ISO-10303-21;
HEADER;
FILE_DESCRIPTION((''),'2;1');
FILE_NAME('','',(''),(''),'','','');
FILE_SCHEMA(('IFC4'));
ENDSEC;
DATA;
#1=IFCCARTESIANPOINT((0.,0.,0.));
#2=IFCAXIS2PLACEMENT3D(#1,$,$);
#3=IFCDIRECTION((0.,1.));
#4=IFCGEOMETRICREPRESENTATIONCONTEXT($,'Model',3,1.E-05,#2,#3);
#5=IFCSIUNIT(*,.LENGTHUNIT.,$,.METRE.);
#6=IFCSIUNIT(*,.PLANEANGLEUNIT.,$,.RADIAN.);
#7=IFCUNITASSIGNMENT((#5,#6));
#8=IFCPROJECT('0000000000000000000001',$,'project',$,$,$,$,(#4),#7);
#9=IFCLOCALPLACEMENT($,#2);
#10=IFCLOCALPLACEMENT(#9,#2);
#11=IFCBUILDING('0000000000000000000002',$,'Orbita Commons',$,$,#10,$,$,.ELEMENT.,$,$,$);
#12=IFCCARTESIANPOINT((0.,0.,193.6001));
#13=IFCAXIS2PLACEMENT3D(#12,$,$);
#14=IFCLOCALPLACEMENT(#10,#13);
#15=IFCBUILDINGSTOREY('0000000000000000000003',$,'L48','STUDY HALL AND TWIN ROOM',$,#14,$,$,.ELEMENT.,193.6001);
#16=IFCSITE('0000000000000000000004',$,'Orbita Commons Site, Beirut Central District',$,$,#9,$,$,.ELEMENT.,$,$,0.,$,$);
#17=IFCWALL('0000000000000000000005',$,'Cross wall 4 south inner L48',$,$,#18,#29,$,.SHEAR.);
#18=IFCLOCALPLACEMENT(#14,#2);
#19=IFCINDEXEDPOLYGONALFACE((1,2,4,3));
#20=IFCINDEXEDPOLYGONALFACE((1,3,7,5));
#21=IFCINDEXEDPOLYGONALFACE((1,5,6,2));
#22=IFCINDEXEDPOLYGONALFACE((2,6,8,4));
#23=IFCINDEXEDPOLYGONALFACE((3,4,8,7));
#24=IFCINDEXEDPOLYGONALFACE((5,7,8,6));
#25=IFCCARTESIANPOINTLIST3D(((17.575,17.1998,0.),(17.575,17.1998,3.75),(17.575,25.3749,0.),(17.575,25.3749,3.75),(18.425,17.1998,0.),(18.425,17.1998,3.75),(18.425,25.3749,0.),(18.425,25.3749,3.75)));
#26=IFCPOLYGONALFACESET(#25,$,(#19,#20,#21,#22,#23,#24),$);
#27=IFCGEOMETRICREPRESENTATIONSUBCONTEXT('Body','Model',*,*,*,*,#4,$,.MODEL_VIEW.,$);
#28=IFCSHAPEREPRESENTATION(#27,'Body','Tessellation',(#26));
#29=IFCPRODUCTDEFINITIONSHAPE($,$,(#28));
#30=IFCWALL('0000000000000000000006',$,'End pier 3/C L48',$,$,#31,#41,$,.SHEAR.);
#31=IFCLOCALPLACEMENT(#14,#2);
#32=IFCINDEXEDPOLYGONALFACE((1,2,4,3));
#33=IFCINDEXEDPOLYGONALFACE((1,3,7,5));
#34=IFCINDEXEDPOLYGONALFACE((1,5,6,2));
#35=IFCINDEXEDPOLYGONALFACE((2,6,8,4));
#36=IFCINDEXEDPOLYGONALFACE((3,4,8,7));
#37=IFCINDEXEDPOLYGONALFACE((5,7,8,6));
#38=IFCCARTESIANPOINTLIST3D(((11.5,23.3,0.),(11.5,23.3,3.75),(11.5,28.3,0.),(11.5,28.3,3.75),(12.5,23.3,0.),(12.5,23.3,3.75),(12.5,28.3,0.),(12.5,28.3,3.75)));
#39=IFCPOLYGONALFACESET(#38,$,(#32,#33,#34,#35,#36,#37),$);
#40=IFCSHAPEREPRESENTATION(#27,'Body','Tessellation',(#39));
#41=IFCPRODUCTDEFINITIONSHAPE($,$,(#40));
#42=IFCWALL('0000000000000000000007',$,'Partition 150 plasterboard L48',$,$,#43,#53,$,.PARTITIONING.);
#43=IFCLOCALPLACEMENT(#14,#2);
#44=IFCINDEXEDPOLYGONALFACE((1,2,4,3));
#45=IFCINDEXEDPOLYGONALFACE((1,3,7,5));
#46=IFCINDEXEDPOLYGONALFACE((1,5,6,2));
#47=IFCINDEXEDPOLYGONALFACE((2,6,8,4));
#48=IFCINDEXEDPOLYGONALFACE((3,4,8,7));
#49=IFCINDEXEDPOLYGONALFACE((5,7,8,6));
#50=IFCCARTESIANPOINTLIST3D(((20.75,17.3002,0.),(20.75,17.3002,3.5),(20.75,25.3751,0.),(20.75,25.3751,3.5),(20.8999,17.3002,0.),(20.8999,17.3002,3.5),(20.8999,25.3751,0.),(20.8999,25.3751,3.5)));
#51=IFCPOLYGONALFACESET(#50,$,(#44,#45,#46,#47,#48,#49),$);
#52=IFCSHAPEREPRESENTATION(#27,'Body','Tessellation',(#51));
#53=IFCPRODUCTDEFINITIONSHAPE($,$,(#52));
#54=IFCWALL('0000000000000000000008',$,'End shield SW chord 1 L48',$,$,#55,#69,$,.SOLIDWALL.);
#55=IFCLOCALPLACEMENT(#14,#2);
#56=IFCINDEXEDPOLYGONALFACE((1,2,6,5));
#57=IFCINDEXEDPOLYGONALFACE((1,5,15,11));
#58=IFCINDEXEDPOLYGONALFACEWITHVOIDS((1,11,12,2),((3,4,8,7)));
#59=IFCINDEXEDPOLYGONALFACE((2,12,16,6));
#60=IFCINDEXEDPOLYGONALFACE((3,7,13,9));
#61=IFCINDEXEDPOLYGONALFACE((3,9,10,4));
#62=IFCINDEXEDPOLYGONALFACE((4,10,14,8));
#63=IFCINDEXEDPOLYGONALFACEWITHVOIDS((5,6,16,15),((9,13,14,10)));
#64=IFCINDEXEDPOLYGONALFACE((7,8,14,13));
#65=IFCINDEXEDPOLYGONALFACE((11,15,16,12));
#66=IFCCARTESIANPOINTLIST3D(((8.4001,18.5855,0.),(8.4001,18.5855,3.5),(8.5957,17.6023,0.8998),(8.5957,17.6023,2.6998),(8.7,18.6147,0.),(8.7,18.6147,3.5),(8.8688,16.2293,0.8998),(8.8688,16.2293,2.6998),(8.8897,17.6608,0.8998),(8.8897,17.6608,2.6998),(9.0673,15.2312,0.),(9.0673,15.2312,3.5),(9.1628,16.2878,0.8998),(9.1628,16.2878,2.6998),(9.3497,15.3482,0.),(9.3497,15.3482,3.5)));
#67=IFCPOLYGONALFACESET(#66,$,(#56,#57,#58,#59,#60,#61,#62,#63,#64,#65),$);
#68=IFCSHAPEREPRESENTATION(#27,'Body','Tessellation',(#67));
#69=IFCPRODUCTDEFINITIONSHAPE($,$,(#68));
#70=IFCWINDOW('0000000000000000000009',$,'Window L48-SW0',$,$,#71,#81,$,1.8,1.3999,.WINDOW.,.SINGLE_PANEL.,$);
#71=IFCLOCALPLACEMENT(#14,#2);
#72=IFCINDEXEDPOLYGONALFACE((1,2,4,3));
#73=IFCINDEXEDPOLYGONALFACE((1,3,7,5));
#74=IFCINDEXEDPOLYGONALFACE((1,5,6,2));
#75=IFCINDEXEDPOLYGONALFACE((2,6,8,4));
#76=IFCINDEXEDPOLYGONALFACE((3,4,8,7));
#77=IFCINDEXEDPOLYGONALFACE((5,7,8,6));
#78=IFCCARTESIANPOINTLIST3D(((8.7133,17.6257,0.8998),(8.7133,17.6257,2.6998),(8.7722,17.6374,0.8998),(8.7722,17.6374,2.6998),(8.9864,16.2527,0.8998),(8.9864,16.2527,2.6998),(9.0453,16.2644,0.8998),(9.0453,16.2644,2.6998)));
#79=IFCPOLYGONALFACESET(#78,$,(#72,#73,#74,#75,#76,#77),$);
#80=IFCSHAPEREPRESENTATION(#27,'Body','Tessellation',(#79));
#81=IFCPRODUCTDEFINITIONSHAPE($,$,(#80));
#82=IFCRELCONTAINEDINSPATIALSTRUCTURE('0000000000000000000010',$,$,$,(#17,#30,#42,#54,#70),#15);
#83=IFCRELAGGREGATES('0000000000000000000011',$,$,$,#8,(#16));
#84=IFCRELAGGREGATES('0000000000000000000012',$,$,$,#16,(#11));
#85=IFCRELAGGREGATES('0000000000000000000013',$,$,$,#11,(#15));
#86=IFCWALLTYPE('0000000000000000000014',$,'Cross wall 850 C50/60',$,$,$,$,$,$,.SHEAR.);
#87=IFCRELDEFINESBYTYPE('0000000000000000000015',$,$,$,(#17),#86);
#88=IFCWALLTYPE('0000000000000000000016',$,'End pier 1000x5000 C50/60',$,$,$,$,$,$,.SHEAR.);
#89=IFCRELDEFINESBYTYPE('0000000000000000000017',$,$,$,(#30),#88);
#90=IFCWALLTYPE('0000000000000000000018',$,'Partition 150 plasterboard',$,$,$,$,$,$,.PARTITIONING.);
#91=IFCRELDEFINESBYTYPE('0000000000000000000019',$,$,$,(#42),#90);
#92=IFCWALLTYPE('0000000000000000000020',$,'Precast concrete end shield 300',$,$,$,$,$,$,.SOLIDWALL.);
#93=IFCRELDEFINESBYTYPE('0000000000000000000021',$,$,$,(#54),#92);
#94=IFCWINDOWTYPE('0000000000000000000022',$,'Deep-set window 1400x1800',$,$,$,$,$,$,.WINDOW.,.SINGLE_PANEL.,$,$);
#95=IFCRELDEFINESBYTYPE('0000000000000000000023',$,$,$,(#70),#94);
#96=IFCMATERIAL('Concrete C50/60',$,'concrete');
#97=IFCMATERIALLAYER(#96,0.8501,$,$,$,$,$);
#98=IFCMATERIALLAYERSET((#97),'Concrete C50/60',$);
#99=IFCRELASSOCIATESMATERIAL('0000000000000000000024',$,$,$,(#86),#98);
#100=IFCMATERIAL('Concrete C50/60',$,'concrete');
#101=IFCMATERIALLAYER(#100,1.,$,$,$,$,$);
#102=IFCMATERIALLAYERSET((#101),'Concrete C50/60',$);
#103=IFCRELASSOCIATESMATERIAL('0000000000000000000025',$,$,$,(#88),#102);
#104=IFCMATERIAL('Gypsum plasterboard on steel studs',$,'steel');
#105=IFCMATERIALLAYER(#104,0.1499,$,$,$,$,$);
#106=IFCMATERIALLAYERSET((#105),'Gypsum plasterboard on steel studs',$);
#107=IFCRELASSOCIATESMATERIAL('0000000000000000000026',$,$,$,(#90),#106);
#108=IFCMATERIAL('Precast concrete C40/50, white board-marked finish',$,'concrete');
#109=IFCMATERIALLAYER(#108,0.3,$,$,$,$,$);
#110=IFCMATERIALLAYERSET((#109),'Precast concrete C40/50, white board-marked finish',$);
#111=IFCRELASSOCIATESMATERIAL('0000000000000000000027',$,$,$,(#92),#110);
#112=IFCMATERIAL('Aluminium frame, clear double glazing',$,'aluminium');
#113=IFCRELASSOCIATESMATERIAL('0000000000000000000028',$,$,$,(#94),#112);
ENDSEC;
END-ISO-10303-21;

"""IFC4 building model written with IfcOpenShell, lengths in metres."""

from ifc_helpers import new_model, si_unit, direction, frame, frame_2d, origin, place, context, subcontext, project, spatial, polyline, rectangle, outline, extrude, material, layer, layer_set, type_object, element, fill, save


model = new_model("IFC4")

# Units and contexts
model_context = context("Model", 3, precision=1e-05, world=origin(), true_north=direction((0.0, 1.0)))
body_context = subcontext(model_context, "Body", "Model", "MODEL_VIEW")
ifc_project = project(units=[si_unit("LENGTHUNIT", "METRE"), si_unit("PLANEANGLEUNIT", "RADIAN")], contexts=[model_context])

# Site, building, storey
site_placement = place(None, origin())
site = spatial("IfcSite", under=ifc_project, at=site_placement, Name="Orbita Commons Site, Beirut Central District", CompositionType="ELEMENT", RefElevation=0.0)
building_placement = place(site_placement, origin())
building = spatial("IfcBuilding", under=site, at=building_placement, Name="Orbita Commons", CompositionType="ELEMENT")
storey_placement = place(building_placement, frame((0.0, 0.0, 193.6001)))
storey = spatial("IfcBuildingStorey", under=building, at=storey_placement, Name="L48", Description="STUDY HALL AND TWIN ROOM", CompositionType="ELEMENT", Elevation=193.6001)

# Walls
ifc_material_1 = material(Name="Concrete C50/60", Category="concrete")
ifc_layer_1 = layer(ifc_material_1, 0.8501)
ifc_layer_set_1 = layer_set([ifc_layer_1], Name="Concrete C50/60")
wall_type_1 = type_object("IfcWallType", Name="Cross wall 850 C50/60", PredefinedType="SHEAR", material=ifc_layer_set_1)
wall_1_placement = place(storey_placement, frame((18.0, 17.2, 0.0), z_axis=(0.0, 0.0, 1.0), x_axis=(0.0, 1.0, 0.0)))
element("IfcWall", 1, at=wall_1_placement, inside=storey, type_object=wall_type_1, Name="Cross wall 4 south inner L48", PredefinedType="SHEAR", context=body_context, shape_type="SweptSolid", body=[
    extrude(rectangle(XDim=8.175, YDim=0.8501, at=frame_2d((4.0874, 0.0))), origin(), (0.0, 0.0, 1.0), 3.75),
])
ifc_material_2 = material(Name="Concrete C50/60", Category="concrete")
ifc_layer_2 = layer(ifc_material_2, 1.0)
ifc_layer_set_2 = layer_set([ifc_layer_2], Name="Concrete C50/60")
wall_type_2 = type_object("IfcWallType", Name="End pier 1000x5000 C50/60", PredefinedType="SHEAR", material=ifc_layer_set_2)
wall_2_placement = place(storey_placement, frame((12.0, 23.3, 0.0), z_axis=(0.0, 0.0, 1.0), x_axis=(0.0, 1.0, 0.0)))
element("IfcWall", 2, at=wall_2_placement, inside=storey, type_object=wall_type_2, Name="End pier 3/C L48", PredefinedType="SHEAR", context=body_context, shape_type="SweptSolid", body=[
    extrude(rectangle(XDim=5.0, YDim=1.0, at=frame_2d((2.5, 0.0))), origin(), (0.0, 0.0, 1.0), 3.75),
])
ifc_material_3 = material(Name="Gypsum plasterboard on steel studs", Category="steel")
ifc_layer_3 = layer(ifc_material_3, 0.1499)
ifc_layer_set_3 = layer_set([ifc_layer_3], Name="Gypsum plasterboard on steel studs")
wall_type_3 = type_object("IfcWallType", Name="Partition 150 plasterboard", PredefinedType="PARTITIONING", material=ifc_layer_set_3)
wall_3_placement = place(storey_placement, frame((20.825, 17.3, 0.0), z_axis=(0.0, 0.0, 1.0), x_axis=(0.0, 1.0, 0.0)))
element("IfcWall", 3, at=wall_3_placement, inside=storey, type_object=wall_type_3, Name="Partition 150 plasterboard L48", PredefinedType="PARTITIONING", context=body_context, shape_type="SweptSolid", body=[
    extrude(rectangle(XDim=8.075, YDim=0.1499, at=frame_2d((4.0376, 0.0))), origin(), (0.0, 0.0, 1.0), 3.5),
])

# Wall, opening, window
ifc_material_4 = material(Name="Precast concrete C40/50, white board-marked finish", Category="concrete")
ifc_layer_4 = layer(ifc_material_4, 0.3)
ifc_layer_set_4 = layer_set([ifc_layer_4], Name="Precast concrete C40/50, white board-marked finish")
wall_type_4 = type_object("IfcWallType", Name="Precast concrete end shield 300", PredefinedType="SOLIDWALL", material=ifc_layer_set_4)
wall_4_placement = place(storey_placement, frame((8.55, 18.6001, 0.0), z_axis=(0.0, 0.0, 1.0), x_axis=(0.195087, -0.980786, 0.0)))
wall_4 = element("IfcWall", 4, at=wall_4_placement, inside=storey, type_object=wall_type_4, Name="End shield SW chord 1 L48", PredefinedType="SOLIDWALL", context=body_context, shape_type="SweptSolid", body=[
    extrude(outline(polyline([(-0.0149, -0.1499), (3.405, -0.1499), (3.3455, 0.1499), (0.0149, 0.1499), (-0.0149, -0.1499)])), origin(), (0.0, 0.0, 1.0), 3.5),
])
opening_1_placement = place(wall_4_placement, frame((0.9875, 0.0, 0.8999)))
opening_1 = element("IfcOpeningElement", 5, at=opening_1_placement, cuts=wall_4, PredefinedType="OPENING", context=body_context, shape_type="SweptSolid", body=[
    extrude(rectangle(XDim=1.3999, YDim=1.8, at=frame_2d((0.7, 0.8999))), frame((0.0, 0.1599, 0.0), z_axis=(0.0, -1.0, 0.0), x_axis=(1.0, 0.0, 0.0)), (0.0, 0.0, 1.0), 0.3201),
])
ifc_material_5 = material(Name="Aluminium frame, clear double glazing", Category="aluminium")
window_type = type_object("IfcWindowType", Name="Deep-set window 1400x1800", PartitioningType="SINGLE_PANEL", PredefinedType="WINDOW", material=ifc_material_5)
window_placement = place(opening_1_placement, origin())
window = element("IfcWindow", 6, at=window_placement, inside=storey, type_object=window_type, Name="Window L48-SW0", OverallHeight=1.8, OverallWidth=1.3999, PartitioningType="SINGLE_PANEL", PredefinedType="WINDOW", context=body_context, shape_type="SweptSolid", body=[
    extrude(rectangle(XDim=1.3999, YDim=1.8, at=frame_2d((0.7, 0.8999))), frame((0.0, 0.03, 0.0), z_axis=(0.0, -1.0, 0.0), x_axis=(1.0, 0.0, 0.0)), (0.0, 0.0, 1.0), 0.0601),
])
fill(opening_1, window)

save(model, "model.ifc")
